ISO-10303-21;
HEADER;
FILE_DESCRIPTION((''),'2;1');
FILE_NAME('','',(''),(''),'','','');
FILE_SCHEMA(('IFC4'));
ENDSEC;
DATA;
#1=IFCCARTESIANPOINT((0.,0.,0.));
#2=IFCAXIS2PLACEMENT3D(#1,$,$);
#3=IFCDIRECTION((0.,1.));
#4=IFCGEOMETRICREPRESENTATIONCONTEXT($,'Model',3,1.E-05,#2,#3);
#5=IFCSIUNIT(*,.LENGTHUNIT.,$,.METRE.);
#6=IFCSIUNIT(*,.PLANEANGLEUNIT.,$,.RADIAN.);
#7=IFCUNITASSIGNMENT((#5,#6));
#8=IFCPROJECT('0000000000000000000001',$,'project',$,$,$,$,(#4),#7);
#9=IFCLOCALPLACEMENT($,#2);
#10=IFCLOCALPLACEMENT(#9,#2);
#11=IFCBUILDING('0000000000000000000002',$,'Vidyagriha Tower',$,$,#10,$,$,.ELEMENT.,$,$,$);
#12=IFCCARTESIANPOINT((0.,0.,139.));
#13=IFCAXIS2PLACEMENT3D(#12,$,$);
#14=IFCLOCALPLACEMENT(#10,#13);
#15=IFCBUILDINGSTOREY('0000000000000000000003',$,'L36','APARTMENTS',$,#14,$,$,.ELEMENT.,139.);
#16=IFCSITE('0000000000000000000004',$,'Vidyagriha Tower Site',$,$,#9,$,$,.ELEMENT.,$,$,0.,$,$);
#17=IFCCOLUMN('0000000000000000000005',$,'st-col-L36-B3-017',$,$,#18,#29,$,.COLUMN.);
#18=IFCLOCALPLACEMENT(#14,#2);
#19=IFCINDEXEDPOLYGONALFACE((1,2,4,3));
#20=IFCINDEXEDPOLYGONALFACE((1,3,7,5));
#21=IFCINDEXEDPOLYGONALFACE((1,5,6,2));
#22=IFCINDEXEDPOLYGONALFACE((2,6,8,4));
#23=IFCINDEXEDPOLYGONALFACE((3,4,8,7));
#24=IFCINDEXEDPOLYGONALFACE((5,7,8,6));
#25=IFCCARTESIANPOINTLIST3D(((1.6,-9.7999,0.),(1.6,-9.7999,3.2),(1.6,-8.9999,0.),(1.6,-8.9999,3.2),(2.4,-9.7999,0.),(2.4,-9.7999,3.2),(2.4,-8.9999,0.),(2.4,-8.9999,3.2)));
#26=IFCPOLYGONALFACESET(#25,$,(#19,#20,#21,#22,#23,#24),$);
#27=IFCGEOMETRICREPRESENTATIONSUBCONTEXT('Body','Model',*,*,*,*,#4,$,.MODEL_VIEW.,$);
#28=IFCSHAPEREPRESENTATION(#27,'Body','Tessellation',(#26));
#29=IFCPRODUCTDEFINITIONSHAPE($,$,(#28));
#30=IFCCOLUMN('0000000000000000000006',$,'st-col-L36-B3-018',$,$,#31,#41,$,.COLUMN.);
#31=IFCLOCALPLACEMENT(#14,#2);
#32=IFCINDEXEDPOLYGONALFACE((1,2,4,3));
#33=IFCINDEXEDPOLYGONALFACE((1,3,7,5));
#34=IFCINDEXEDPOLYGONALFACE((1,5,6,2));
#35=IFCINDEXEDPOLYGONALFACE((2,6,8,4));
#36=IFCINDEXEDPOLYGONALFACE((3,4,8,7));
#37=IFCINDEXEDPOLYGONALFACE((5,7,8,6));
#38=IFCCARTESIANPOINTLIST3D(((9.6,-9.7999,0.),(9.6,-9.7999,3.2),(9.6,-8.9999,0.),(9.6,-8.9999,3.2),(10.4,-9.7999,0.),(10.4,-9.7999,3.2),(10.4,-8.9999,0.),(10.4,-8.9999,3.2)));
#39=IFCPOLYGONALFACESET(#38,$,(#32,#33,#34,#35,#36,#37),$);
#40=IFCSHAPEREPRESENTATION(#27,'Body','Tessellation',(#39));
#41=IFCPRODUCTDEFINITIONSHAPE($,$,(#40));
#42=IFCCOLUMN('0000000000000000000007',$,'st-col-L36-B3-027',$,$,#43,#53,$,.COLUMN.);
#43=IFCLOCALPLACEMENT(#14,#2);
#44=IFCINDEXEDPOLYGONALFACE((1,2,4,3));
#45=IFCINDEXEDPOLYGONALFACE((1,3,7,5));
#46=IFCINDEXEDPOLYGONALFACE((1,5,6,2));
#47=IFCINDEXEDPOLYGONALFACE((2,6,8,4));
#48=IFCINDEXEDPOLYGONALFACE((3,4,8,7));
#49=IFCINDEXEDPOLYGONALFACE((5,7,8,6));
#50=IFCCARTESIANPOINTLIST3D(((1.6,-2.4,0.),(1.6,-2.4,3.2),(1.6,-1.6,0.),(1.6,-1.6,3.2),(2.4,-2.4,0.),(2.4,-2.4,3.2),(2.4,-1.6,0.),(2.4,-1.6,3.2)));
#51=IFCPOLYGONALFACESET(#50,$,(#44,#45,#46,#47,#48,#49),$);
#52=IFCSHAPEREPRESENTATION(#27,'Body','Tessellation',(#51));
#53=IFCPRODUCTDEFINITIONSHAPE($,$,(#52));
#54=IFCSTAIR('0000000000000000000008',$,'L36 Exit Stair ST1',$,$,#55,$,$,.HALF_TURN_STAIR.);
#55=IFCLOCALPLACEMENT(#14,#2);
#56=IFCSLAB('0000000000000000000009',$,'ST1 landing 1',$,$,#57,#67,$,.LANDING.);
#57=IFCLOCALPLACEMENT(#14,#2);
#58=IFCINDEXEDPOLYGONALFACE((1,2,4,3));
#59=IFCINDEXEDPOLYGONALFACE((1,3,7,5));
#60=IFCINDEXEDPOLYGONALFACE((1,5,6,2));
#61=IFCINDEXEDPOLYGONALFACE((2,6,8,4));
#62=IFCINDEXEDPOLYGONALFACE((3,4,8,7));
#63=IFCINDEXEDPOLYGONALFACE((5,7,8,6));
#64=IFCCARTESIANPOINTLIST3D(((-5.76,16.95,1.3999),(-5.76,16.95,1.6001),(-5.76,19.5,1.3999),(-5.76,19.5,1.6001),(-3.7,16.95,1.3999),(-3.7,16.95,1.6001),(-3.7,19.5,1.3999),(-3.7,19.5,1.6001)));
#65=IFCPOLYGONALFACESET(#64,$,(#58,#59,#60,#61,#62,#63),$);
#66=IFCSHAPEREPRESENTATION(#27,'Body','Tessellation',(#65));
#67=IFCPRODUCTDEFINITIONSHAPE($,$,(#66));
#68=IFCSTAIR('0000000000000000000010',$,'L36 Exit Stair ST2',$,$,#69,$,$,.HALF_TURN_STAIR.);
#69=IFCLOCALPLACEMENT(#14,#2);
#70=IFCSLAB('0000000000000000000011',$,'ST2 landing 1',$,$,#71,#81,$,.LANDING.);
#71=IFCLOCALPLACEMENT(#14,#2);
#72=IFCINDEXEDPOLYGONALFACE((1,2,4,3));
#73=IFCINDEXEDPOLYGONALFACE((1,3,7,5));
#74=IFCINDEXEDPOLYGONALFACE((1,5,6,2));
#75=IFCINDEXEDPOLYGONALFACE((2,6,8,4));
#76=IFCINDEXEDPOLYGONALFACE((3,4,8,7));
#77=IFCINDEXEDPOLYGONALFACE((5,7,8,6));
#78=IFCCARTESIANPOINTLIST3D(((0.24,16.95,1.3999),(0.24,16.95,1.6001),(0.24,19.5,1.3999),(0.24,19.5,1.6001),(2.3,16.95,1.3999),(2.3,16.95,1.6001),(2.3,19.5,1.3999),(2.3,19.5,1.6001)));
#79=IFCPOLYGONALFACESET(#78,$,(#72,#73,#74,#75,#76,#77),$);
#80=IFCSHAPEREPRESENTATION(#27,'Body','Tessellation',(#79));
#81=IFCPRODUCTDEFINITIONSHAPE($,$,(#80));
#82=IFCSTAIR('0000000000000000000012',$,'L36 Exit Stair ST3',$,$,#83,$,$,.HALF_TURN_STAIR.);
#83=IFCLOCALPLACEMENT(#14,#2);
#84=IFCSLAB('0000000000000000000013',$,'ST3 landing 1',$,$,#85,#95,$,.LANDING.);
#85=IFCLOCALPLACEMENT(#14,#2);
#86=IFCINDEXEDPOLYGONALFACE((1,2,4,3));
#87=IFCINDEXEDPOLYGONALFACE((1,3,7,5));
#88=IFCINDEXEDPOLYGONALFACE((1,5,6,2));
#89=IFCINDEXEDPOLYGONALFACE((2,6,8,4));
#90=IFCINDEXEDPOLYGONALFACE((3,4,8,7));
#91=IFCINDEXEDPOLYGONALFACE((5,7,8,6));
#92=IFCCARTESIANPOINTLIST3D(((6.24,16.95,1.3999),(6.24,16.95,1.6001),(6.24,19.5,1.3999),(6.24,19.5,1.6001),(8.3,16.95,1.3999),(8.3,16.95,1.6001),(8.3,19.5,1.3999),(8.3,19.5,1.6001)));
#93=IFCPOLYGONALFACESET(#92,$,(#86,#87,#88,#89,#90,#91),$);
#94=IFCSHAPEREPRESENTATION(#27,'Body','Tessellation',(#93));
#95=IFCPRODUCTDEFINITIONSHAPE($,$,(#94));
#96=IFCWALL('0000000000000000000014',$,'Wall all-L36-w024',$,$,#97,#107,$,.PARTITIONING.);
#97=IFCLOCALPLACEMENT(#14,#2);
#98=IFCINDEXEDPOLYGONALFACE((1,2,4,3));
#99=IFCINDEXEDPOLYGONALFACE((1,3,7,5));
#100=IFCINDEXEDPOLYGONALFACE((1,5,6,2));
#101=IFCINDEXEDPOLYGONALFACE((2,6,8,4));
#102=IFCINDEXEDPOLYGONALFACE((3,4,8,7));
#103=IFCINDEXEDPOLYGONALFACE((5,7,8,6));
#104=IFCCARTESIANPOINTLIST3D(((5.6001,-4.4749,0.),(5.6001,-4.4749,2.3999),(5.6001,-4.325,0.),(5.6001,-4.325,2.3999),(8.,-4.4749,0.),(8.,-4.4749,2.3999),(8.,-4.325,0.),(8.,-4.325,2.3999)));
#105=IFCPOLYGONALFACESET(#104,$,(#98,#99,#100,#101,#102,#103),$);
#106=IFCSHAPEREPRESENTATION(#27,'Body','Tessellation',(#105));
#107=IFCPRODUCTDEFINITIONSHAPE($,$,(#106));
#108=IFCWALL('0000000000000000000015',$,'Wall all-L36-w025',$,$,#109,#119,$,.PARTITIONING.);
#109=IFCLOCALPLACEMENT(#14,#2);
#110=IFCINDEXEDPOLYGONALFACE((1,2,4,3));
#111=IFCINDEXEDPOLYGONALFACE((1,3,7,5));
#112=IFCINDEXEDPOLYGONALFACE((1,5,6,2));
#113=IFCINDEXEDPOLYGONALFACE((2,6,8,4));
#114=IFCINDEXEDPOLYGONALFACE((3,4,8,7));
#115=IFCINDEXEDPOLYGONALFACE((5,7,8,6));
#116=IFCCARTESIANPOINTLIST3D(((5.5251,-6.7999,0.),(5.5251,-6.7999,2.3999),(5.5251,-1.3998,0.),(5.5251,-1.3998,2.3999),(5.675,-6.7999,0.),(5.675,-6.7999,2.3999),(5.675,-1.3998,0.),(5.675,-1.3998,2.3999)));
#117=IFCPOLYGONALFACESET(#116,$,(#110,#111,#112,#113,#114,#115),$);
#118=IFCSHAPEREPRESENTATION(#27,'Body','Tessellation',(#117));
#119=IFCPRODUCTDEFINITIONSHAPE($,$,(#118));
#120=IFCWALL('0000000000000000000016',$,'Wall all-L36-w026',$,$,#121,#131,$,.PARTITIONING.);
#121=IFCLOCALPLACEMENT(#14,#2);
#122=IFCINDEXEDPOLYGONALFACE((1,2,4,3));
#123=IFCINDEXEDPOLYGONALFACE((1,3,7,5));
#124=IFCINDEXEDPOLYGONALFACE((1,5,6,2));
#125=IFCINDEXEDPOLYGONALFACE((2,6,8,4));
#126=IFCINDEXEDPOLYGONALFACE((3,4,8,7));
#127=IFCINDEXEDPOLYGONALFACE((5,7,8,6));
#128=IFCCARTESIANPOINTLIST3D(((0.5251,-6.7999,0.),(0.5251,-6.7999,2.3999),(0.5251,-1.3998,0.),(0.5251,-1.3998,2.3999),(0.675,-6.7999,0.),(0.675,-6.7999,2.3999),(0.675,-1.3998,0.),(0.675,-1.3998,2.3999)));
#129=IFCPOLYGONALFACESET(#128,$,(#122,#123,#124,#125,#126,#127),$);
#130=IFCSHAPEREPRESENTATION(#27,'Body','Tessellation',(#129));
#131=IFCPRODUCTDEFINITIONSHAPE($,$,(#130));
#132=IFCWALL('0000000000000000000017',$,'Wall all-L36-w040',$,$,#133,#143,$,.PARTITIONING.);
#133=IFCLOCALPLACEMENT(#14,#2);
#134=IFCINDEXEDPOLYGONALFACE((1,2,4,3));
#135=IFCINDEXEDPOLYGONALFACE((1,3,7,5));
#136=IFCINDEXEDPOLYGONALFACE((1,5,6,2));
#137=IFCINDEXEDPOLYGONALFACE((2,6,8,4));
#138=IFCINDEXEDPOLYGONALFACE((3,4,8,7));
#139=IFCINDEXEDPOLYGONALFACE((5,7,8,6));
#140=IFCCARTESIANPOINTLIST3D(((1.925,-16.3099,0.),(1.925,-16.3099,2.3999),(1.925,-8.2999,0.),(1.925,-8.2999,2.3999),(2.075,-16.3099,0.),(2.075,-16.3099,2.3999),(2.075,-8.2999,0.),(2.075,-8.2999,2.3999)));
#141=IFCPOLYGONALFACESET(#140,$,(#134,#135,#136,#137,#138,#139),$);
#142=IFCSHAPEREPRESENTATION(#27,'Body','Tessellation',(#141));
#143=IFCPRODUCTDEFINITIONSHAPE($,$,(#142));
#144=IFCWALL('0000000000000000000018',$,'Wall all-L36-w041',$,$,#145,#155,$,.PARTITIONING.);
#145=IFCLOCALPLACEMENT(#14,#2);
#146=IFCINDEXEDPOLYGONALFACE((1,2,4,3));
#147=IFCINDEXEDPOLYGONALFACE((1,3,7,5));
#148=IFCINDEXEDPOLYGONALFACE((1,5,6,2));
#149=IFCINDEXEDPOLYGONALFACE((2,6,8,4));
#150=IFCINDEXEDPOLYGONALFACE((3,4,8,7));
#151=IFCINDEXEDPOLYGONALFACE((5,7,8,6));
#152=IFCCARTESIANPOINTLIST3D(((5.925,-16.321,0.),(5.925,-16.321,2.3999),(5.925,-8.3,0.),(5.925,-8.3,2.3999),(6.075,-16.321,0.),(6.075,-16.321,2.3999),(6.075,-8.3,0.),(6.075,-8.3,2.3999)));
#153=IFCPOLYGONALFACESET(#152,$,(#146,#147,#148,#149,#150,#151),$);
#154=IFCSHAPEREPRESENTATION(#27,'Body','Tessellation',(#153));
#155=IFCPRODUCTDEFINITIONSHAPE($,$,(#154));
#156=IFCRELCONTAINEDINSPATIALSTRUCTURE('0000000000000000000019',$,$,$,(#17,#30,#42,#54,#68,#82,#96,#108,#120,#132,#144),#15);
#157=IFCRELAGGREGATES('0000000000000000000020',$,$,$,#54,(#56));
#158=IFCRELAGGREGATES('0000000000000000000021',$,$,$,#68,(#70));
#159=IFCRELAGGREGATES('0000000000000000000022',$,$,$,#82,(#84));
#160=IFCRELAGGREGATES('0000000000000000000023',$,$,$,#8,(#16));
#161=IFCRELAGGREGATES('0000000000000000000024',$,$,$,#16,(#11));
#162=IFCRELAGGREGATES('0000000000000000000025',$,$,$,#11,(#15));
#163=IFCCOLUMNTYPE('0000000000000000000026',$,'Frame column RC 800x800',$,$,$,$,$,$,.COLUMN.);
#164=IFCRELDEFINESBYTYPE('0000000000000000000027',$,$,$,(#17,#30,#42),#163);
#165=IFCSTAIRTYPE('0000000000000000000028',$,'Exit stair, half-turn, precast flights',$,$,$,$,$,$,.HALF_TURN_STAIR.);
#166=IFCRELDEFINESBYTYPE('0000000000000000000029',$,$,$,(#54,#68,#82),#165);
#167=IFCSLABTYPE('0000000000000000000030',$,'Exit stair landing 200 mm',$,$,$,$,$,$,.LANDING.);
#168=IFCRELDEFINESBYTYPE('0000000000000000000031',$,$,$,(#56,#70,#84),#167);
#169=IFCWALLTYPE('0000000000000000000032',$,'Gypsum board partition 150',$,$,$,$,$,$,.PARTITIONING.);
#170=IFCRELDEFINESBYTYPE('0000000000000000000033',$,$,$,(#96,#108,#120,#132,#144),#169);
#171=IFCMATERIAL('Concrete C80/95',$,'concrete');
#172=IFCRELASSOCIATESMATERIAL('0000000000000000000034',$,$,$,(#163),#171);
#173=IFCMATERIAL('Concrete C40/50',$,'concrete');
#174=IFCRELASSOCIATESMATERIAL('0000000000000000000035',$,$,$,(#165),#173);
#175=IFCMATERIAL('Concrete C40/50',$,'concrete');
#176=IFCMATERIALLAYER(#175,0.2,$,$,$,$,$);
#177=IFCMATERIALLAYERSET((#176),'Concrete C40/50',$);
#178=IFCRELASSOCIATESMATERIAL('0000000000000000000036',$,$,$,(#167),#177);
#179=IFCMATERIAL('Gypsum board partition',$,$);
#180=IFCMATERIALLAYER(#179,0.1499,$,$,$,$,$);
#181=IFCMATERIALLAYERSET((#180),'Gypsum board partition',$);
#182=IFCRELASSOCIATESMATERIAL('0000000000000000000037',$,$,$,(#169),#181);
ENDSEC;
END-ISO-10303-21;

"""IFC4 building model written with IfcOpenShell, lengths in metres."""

from ifc_helpers import new_model, si_unit, direction, frame, frame_2d, origin, origin_2d, place, context, subcontext, project, spatial, polyline, rectangle, outline, extrude, material, layer, layer_set, material_profile, profile_set, type_object, element, aggregate, save


model = new_model("IFC4")

# Units and contexts
model_context = context("Model", 3, precision=1e-05, world=origin(), true_north=direction((0.0, 1.0)))
body_context = subcontext(model_context, "Body", "Model", "MODEL_VIEW")
ifc_project = project(units=[si_unit("LENGTHUNIT", "METRE"), si_unit("PLANEANGLEUNIT", "RADIAN")], contexts=[model_context])

# Site, building, storey
site_placement = place(None, origin())
site = spatial("IfcSite", under=ifc_project, at=site_placement, Name="Vidyagriha Tower Site", CompositionType="ELEMENT", RefElevation=0.0)
building_placement = place(site_placement, origin())
building = spatial("IfcBuilding", under=site, at=building_placement, Name="Vidyagriha Tower", CompositionType="ELEMENT")
storey_placement = place(building_placement, frame((0.0, 0.0, 139.0)))
storey = spatial("IfcBuildingStorey", under=building, at=storey_placement, Name="L36", Description="APARTMENTS", CompositionType="ELEMENT", Elevation=139.0)

# Columns
ifc_material_1 = material(Name="Concrete C80/95", Category="concrete")
ifc_material_profile = material_profile(ifc_material_1, rectangle(XDim=0.8, YDim=0.8, at=origin_2d()), Name="RC 800x800")
ifc_profile_set = profile_set([ifc_material_profile], Name="Concrete C80/95")
column_type = type_object("IfcColumnType", Name="Frame column RC 800x800", PredefinedType="COLUMN", material=ifc_profile_set)
for number, where, name in (
    (1, (2.0, -9.3999, 0.0), "st-col-L36-B3-017"),
    (2, (10.0, -9.3999, 0.0), "st-col-L36-B3-018"),
    (3, (2.0, -2.0, 0.0), "st-col-L36-B3-027"),
):
    element("IfcColumn", number, at=place(storey_placement, frame(where)), inside=storey, type_object=column_type, Name=name, PredefinedType="COLUMN", context=body_context, shape_type="SweptSolid", body=[
        extrude(rectangle(XDim=0.8, YDim=0.8, at=origin_2d()), origin(), (0.0, 0.0, 1.0), 3.2),
    ])

# Stairs, slabs
ifc_material_2 = material(Name="Concrete C40/50", Category="concrete")
stair_type = type_object("IfcStairType", Name="Exit stair, half-turn, precast flights", PredefinedType="HALF_TURN_STAIR", material=ifc_material_2)
stair_1_placement = place(storey_placement, origin())
stair_1 = element("IfcStair", 4, at=stair_1_placement, inside=storey, type_object=stair_type, Name="L36 Exit Stair ST1", PredefinedType="HALF_TURN_STAIR")
ifc_material_3 = material(Name="Concrete C40/50", Category="concrete")
ifc_layer_1 = layer(ifc_material_3, 0.2)
ifc_layer_set_1 = layer_set([ifc_layer_1], Name="Concrete C40/50")
slab_type = type_object("IfcSlabType", Name="Exit stair landing 200 mm", PredefinedType="LANDING", material=ifc_layer_set_1)
slab_1_placement = place(storey_placement, frame((0.0, 0.0, 1.3999)))
slab_1 = element("IfcSlab", 5, at=slab_1_placement, type_object=slab_type, Name="ST1 landing 1", PredefinedType="LANDING", context=body_context, shape_type="SweptSolid", body=[
    extrude(outline(polyline([(-5.76, 16.95), (-3.7, 16.95), (-3.7, 19.5), (-5.76, 19.5), (-5.76, 16.95)])), origin(), (0.0, 0.0, 1.0), 0.2002),
])
aggregate(stair_1, [slab_1])
stair_2_placement = place(storey_placement, origin())
stair_2 = element("IfcStair", 6, at=stair_2_placement, inside=storey, type_object=stair_type, Name="L36 Exit Stair ST2", PredefinedType="HALF_TURN_STAIR")
slab_2_placement = place(storey_placement, frame((0.0, 0.0, 1.3999)))
slab_2 = element("IfcSlab", 7, at=slab_2_placement, type_object=slab_type, Name="ST2 landing 1", PredefinedType="LANDING", context=body_context, shape_type="SweptSolid", body=[
    extrude(outline(polyline([(0.24, 16.95), (2.3, 16.95), (2.3, 19.5), (0.24, 19.5), (0.24, 16.95)])), origin(), (0.0, 0.0, 1.0), 0.2002),
])
aggregate(stair_2, [slab_2])
stair_3_placement = place(storey_placement, origin())
stair_3 = element("IfcStair", 8, at=stair_3_placement, inside=storey, type_object=stair_type, Name="L36 Exit Stair ST3", PredefinedType="HALF_TURN_STAIR")
slab_3_placement = place(storey_placement, frame((0.0, 0.0, 1.3999)))
slab_3 = element("IfcSlab", 9, at=slab_3_placement, type_object=slab_type, Name="ST3 landing 1", PredefinedType="LANDING", context=body_context, shape_type="SweptSolid", body=[
    extrude(outline(polyline([(6.24, 16.95), (8.3, 16.95), (8.3, 19.5), (6.24, 19.5), (6.24, 16.95)])), origin(), (0.0, 0.0, 1.0), 0.2002),
])
aggregate(stair_3, [slab_3])

# Walls
ifc_material_4 = material(Name="Gypsum board partition")
ifc_layer_2 = layer(ifc_material_4, 0.1499)
ifc_layer_set_2 = layer_set([ifc_layer_2], Name="Gypsum board partition")
wall_type_1 = type_object("IfcWallType", Name="Gypsum board partition 150", PredefinedType="PARTITIONING", material=ifc_layer_set_2)
wall_1_placement = place(storey_placement, frame((8.0, -4.3999, 0.0), z_axis=(0.0, 0.0, 1.0), x_axis=(-1.0, 0.0, 0.0)))
element("IfcWall", 10, at=wall_1_placement, inside=storey, type_object=wall_type_1, Name="Wall all-L36-w024", PredefinedType="PARTITIONING", context=body_context, shape_type="SweptSolid", body=[
    extrude(rectangle(XDim=2.3999, YDim=0.1499, at=frame_2d((1.2, 0.0))), origin(), (0.0, 0.0, 1.0), 2.3999),
])
for number, where, z_axis, x_axis, name in (
    (11, (5.6001, -6.8, 0.0), (0.0, 0.0, 1.0), (0.0, 1.0, 0.0), "Wall all-L36-w025"),
    (12, (0.6001, -6.8, 0.0), (0.0, 0.0, 1.0), (0.0, 1.0, 0.0), "Wall all-L36-w026"),
):
    element("IfcWall", number, at=place(storey_placement, frame(where, z_axis=z_axis, x_axis=x_axis)), inside=storey, type_object=wall_type_1, Name=name, PredefinedType="PARTITIONING", context=body_context, shape_type="SweptSolid", body=[
        extrude(rectangle(XDim=5.4001, YDim=0.1499, at=frame_2d((2.7002, 0.0))), origin(), (0.0, 0.0, 1.0), 2.3999),
    ])
wall_2_placement = place(storey_placement, frame((2.0, -8.3, 0.0), z_axis=(0.0, 0.0, 1.0), x_axis=(0.0, -1.0, 0.0)))
element("IfcWall", 13, at=wall_2_placement, inside=storey, type_object=wall_type_1, Name="Wall all-L36-w040", PredefinedType="PARTITIONING", context=body_context, shape_type="SweptSolid", body=[
    extrude(rectangle(XDim=8.01, YDim=0.1499, at=frame_2d((4.0049, 0.0))), origin(), (0.0, 0.0, 1.0), 2.3999),
])
wall_3_placement = place(storey_placement, frame((6.0, -8.3, 0.0), z_axis=(0.0, 0.0, 1.0), x_axis=(0.0, -1.0, 0.0)))
element("IfcWall", 14, at=wall_3_placement, inside=storey, type_object=wall_type_1, Name="Wall all-L36-w041", PredefinedType="PARTITIONING", context=body_context, shape_type="SweptSolid", body=[
    extrude(rectangle(XDim=8.021, YDim=0.1499, at=frame_2d((4.0105, 0.0))), origin(), (0.0, 0.0, 1.0), 2.3999),
])

save(model, "model.ifc")
